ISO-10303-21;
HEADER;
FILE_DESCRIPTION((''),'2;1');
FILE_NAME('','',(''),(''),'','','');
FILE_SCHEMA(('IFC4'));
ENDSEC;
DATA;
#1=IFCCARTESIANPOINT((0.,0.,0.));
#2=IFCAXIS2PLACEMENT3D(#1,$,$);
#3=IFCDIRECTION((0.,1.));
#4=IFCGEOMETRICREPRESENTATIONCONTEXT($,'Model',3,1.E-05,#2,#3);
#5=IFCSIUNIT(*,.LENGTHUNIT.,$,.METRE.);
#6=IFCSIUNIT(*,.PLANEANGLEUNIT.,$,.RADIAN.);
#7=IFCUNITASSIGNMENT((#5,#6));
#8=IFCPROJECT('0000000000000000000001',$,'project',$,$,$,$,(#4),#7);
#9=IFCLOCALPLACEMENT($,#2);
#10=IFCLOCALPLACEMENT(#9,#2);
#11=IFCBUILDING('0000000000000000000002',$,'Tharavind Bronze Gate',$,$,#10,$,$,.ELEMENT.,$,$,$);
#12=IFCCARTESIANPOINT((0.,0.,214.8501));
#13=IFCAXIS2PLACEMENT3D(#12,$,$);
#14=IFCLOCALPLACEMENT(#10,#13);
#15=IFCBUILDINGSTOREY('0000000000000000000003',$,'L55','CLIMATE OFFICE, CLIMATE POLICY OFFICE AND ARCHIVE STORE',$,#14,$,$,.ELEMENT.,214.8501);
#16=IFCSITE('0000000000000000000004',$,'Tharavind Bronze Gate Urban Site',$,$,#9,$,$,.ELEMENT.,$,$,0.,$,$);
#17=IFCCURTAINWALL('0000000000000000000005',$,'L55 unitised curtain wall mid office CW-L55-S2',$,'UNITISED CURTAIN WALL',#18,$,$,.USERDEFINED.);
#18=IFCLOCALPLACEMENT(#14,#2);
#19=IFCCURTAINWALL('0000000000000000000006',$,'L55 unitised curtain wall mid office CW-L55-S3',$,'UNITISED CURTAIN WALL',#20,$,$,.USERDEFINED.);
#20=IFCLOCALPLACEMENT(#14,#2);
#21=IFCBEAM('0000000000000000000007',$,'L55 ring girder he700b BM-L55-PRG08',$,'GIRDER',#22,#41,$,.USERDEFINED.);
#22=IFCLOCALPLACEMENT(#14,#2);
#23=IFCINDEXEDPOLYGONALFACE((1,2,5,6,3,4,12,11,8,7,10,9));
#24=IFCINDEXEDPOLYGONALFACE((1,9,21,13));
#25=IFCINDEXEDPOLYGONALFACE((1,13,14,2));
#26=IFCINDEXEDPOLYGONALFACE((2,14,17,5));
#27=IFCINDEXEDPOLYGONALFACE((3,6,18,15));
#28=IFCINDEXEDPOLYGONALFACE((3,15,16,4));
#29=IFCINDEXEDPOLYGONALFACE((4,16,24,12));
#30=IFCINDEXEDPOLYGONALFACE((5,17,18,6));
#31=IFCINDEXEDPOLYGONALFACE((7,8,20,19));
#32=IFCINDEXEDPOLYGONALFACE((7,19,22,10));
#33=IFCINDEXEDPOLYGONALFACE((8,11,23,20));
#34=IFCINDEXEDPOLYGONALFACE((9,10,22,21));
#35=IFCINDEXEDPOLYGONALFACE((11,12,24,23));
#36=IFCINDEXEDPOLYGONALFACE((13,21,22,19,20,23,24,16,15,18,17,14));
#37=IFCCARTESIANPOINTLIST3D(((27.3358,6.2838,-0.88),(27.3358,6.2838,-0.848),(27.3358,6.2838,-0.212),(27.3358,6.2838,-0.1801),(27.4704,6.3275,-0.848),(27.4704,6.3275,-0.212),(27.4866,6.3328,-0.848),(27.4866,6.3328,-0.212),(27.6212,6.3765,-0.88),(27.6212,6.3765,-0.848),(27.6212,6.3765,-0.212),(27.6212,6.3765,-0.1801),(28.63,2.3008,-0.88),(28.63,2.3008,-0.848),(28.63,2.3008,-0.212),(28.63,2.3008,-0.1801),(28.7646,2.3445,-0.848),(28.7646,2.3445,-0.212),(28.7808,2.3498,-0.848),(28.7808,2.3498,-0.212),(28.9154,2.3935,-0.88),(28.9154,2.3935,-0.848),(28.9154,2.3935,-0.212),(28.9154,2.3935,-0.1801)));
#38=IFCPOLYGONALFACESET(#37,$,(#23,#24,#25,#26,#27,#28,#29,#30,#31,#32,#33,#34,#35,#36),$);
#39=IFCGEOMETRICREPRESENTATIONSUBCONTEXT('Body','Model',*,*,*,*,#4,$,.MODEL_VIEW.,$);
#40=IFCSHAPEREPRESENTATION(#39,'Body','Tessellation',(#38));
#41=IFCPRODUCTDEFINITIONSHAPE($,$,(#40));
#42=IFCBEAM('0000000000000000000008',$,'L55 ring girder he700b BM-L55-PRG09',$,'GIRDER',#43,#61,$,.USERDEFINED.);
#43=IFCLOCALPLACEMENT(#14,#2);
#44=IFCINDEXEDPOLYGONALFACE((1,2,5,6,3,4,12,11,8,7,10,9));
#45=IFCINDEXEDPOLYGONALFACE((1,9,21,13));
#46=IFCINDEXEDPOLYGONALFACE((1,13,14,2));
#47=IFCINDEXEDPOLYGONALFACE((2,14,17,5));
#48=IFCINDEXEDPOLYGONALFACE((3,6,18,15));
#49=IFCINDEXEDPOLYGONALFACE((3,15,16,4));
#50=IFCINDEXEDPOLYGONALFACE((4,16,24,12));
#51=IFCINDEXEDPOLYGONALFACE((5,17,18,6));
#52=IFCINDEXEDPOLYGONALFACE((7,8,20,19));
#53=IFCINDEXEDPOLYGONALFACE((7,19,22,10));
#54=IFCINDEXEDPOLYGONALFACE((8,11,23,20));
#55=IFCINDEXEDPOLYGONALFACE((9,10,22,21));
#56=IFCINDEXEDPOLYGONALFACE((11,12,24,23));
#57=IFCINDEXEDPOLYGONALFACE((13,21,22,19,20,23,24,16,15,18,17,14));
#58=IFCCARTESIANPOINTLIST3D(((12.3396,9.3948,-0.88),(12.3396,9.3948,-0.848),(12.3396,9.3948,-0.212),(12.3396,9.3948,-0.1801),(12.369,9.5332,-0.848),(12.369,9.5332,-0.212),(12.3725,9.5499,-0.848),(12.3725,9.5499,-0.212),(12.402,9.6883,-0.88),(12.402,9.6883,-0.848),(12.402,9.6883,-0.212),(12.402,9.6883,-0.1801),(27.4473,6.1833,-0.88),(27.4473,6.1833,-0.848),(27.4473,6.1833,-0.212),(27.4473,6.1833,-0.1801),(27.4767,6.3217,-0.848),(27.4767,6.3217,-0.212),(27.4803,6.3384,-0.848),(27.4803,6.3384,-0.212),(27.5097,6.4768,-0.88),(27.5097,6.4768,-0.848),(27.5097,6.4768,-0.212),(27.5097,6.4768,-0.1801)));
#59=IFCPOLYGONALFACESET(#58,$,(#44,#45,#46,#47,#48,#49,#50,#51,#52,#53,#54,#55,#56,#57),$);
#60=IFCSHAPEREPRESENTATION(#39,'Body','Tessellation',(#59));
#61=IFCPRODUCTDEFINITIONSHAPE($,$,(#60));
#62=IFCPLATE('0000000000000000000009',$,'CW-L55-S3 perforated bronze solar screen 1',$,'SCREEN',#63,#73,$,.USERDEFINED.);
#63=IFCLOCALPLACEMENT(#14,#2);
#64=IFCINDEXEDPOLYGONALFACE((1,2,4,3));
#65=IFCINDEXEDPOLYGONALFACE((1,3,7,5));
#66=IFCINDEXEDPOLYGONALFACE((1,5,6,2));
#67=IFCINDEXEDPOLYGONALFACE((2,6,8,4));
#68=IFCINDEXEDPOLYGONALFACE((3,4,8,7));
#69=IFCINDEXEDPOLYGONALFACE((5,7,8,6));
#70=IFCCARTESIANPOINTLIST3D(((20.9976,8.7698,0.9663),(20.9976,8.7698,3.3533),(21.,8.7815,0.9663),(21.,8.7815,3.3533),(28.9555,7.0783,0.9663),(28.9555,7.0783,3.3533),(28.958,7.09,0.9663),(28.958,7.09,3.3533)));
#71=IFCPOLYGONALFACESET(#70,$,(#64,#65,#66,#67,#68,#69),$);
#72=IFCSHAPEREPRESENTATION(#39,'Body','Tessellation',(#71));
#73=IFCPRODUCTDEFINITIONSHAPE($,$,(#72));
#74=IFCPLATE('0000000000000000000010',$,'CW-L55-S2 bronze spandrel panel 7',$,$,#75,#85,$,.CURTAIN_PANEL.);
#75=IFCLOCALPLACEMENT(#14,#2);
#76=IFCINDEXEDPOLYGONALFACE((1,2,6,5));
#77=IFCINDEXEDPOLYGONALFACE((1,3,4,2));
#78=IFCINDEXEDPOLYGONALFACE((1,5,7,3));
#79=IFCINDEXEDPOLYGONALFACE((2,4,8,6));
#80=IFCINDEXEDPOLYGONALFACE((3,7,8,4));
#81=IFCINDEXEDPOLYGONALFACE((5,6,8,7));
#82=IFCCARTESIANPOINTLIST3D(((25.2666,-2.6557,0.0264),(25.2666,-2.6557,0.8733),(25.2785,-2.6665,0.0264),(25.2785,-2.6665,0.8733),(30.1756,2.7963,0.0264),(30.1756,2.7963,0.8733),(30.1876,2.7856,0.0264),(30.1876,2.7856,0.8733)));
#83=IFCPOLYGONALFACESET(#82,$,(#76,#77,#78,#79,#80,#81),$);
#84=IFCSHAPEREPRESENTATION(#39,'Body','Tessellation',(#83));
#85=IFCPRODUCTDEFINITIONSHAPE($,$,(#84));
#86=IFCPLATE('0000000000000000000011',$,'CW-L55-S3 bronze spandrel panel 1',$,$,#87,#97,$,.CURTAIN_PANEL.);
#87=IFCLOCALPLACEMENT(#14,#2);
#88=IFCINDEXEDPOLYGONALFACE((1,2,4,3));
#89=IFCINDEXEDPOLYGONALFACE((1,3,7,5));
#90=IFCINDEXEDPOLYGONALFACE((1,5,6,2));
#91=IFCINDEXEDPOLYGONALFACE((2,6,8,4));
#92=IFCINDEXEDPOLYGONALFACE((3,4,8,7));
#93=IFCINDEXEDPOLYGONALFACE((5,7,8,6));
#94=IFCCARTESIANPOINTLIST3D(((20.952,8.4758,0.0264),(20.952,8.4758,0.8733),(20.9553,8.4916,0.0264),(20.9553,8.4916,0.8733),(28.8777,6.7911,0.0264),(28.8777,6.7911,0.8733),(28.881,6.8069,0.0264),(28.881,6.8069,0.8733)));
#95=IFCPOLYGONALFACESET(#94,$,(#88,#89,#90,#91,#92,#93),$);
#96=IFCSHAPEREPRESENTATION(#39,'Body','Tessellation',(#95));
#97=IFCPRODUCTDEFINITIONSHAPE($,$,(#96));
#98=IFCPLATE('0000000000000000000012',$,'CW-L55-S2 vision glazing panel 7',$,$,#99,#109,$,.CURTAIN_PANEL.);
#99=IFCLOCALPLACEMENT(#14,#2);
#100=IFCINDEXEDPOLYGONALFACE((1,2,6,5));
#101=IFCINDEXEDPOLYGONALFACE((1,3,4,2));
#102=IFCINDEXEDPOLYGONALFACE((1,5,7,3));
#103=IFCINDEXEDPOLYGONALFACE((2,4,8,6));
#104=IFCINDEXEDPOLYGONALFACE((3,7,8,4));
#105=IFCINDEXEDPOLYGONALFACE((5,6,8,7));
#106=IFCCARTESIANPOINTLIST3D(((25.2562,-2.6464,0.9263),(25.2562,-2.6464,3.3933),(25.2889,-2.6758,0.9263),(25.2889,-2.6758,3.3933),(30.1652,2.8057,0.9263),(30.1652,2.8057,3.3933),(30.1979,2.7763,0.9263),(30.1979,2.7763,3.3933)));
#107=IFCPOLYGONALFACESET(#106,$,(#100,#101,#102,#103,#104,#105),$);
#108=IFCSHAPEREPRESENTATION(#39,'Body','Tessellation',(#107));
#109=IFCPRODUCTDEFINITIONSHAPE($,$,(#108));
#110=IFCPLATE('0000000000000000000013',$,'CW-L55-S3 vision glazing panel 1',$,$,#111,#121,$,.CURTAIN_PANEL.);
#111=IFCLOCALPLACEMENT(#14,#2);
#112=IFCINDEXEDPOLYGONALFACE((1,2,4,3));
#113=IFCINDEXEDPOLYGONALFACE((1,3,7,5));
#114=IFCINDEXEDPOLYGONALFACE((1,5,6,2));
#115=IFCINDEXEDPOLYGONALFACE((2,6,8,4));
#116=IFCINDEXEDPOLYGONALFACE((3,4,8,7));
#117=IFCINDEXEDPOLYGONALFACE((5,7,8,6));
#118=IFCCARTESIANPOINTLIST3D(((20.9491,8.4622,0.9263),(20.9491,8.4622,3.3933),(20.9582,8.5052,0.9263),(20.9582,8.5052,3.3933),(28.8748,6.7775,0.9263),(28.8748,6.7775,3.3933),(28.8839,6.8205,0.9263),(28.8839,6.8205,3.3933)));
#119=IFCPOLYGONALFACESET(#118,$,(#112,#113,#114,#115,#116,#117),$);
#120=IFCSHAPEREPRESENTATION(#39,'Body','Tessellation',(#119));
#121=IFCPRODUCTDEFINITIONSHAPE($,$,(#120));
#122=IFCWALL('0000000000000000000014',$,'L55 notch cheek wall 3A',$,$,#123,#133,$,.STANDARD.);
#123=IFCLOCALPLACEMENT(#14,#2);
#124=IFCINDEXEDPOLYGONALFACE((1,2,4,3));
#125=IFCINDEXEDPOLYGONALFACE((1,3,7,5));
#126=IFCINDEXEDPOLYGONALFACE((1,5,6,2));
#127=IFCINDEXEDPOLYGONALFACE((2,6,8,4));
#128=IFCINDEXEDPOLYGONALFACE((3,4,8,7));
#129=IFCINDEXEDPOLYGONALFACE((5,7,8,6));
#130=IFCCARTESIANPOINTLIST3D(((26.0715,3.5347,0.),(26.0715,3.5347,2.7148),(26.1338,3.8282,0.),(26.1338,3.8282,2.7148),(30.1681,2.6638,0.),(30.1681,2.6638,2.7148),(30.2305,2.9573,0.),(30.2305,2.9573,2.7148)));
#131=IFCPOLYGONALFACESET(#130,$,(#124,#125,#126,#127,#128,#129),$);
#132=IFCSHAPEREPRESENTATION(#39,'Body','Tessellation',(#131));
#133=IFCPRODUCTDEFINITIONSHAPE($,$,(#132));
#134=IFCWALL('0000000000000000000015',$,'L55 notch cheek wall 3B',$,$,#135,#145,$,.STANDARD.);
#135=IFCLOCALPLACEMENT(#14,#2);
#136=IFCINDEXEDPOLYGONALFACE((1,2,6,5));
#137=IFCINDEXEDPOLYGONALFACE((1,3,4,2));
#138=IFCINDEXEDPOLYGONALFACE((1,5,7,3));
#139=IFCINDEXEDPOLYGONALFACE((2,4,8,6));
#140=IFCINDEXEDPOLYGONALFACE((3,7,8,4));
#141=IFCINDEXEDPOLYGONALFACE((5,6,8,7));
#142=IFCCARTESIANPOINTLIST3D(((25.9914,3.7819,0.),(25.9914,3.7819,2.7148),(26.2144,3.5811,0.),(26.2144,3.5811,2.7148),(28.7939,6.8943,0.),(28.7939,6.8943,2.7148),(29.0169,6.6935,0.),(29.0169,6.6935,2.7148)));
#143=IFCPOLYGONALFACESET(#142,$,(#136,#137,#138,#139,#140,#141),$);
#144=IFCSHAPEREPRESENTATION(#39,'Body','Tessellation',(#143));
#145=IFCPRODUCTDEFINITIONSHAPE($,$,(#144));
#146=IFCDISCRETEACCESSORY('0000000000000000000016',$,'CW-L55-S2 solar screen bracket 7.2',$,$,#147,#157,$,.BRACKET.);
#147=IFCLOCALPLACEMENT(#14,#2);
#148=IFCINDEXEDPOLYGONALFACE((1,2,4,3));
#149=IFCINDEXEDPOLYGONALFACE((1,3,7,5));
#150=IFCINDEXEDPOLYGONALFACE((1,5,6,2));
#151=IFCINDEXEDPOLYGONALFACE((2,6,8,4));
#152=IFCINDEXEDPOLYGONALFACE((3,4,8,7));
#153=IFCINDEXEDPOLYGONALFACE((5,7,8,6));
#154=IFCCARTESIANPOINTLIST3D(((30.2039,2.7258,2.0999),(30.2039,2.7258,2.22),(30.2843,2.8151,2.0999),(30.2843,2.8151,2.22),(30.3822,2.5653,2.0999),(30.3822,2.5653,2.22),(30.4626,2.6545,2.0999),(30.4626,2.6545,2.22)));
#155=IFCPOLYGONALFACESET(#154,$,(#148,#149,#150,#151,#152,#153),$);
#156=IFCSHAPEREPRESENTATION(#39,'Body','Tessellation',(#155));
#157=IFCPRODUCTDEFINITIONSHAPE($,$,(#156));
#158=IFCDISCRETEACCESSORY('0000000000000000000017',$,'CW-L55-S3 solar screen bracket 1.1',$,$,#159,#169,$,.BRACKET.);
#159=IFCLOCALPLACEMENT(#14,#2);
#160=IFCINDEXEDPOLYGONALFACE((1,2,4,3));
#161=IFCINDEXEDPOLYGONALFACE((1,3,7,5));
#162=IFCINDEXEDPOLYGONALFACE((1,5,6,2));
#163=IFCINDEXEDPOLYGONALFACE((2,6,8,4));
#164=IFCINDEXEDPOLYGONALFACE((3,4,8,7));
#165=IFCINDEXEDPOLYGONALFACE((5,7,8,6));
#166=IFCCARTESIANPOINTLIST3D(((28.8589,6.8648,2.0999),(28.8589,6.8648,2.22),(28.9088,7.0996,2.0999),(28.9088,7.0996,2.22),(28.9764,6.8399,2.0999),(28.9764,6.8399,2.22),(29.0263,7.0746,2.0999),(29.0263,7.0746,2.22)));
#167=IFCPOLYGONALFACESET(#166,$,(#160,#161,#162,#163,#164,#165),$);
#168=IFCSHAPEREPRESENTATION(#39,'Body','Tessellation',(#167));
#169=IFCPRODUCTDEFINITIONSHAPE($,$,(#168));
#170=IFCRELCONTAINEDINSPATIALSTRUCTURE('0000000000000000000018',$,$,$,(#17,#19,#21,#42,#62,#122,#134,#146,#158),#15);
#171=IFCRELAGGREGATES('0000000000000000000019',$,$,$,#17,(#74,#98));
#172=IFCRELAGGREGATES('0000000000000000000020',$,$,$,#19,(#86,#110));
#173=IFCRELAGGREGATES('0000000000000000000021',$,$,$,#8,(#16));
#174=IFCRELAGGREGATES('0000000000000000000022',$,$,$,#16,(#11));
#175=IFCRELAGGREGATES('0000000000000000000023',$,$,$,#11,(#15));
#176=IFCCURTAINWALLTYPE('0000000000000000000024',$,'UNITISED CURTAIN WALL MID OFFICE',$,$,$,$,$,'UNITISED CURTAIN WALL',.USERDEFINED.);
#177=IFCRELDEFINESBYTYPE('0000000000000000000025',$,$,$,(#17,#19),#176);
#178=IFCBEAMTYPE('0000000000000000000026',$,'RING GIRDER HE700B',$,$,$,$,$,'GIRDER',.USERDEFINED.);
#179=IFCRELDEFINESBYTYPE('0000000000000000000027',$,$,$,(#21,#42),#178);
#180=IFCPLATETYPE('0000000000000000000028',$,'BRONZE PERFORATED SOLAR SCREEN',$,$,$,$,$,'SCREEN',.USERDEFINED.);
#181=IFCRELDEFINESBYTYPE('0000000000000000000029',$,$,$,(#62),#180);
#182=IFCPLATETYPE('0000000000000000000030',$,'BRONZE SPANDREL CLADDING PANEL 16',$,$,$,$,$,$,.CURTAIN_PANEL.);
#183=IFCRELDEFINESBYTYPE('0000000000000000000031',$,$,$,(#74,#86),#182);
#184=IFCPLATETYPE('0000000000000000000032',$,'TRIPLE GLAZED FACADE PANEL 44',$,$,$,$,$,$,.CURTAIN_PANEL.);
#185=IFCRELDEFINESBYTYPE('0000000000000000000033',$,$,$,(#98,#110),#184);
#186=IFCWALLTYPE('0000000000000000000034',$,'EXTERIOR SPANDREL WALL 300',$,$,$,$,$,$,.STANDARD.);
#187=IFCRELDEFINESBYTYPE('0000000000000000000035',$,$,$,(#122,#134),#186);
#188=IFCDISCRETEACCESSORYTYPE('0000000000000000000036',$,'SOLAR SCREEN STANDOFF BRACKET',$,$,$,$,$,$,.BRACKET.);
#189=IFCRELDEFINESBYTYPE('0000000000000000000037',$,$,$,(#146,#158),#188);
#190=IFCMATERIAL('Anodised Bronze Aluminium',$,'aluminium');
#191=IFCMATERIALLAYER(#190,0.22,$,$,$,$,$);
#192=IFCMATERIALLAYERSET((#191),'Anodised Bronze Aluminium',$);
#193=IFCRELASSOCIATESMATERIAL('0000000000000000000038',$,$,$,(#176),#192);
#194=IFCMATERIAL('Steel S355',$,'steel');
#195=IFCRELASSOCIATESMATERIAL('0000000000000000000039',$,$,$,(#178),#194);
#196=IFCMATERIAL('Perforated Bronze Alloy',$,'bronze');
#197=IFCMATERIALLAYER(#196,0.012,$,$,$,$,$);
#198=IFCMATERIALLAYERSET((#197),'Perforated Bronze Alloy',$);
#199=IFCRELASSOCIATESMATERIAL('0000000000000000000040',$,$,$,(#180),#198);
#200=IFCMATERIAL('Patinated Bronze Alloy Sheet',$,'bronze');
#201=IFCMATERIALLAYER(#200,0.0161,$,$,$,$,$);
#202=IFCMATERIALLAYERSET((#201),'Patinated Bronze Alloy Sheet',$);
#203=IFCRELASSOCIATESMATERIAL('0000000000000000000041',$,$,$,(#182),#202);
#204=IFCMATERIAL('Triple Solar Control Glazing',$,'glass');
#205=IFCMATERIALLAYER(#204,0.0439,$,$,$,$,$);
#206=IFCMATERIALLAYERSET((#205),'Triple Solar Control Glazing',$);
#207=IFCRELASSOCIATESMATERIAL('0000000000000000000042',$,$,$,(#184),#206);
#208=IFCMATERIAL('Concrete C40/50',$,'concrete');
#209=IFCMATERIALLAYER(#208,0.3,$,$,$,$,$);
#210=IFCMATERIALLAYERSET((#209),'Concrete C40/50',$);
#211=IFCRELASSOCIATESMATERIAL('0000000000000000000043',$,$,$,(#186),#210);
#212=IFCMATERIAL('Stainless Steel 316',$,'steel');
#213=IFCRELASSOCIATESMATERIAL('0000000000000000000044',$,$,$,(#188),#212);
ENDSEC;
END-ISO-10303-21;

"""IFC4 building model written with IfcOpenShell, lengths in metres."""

from ifc_helpers import new_model, si_unit, direction, frame, frame_2d, origin, origin_2d, place, context, subcontext, project, spatial, rectangle, i_section, extrude, material, layer, layer_set, material_profile, profile_set, type_object, element, aggregate, save


model = new_model("IFC4")

# Units and contexts
model_context = context("Model", 3, precision=1e-05, world=origin(), true_north=direction((0.0, 1.0)))
body_context = subcontext(model_context, "Body", "Model", "MODEL_VIEW")
ifc_project = project(units=[si_unit("LENGTHUNIT", "METRE"), si_unit("PLANEANGLEUNIT", "RADIAN")], contexts=[model_context])

# Site, building, storey
site_placement = place(None, origin())
site = spatial("IfcSite", under=ifc_project, at=site_placement, Name="Tharavind Bronze Gate Urban Site", CompositionType="ELEMENT", RefElevation=0.0)
building_placement = place(site_placement, origin())
building = spatial("IfcBuilding", under=site, at=building_placement, Name="Tharavind Bronze Gate", CompositionType="ELEMENT")
storey_placement = place(building_placement, frame((0.0, 0.0, 214.8501)))
storey = spatial("IfcBuildingStorey", under=building, at=storey_placement, Name="L55", Description="CLIMATE OFFICE, CLIMATE POLICY OFFICE AND ARCHIVE STORE", CompositionType="ELEMENT", Elevation=214.8501)

# Curtain walls
ifc_material_1 = material(Name="Anodised Bronze Aluminium", Category="aluminium")
ifc_layer_1 = layer(ifc_material_1, 0.22)
ifc_layer_set_1 = layer_set([ifc_layer_1], Name="Anodised Bronze Aluminium")
curtain_wall_type = type_object("IfcCurtainWallType", Name="UNITISED CURTAIN WALL MID OFFICE", ElementType="UNITISED CURTAIN WALL", PredefinedType="USERDEFINED", material=ifc_layer_set_1)
curtain_wall_1_placement = place(storey_placement, origin())
curtain_wall_1 = element("IfcCurtainWall", 1, at=curtain_wall_1_placement, inside=storey, type_object=curtain_wall_type, Name="L55 unitised curtain wall mid office CW-L55-S2", ObjectType="UNITISED CURTAIN WALL", PredefinedType="USERDEFINED")
curtain_wall_2_placement = place(storey_placement, origin())
curtain_wall_2 = element("IfcCurtainWall", 2, at=curtain_wall_2_placement, inside=storey, type_object=curtain_wall_type, Name="L55 unitised curtain wall mid office CW-L55-S3", ObjectType="UNITISED CURTAIN WALL", PredefinedType="USERDEFINED")

# Beams
ifc_material_2 = material(Name="Steel S355", Category="steel")
ifc_material_profile_1 = material_profile(ifc_material_2, i_section(OverallWidth=0.3, OverallDepth=0.7, WebThickness=0.0171, FlangeThickness=0.032, at=origin_2d()), Name="HE700B")
ifc_profile_set_1 = profile_set([ifc_material_profile_1], Name="Steel S355")
beam_type_1 = type_object("IfcBeamType", Name="RING GIRDER HE700B", ElementType="GIRDER", PredefinedType="USERDEFINED", material=ifc_profile_set_1)
beam_1_placement = place(storey_placement, frame((28.7727, 2.3472, -0.53), z_axis=(-0.309031, 0.951052, 0.0), x_axis=(-0.951052, -0.309031, 0.0)))
element("IfcBeam", 3, at=beam_1_placement, inside=storey, type_object=beam_type_1, Name="L55 ring girder he700b BM-L55-PRG08", ObjectType="GIRDER", PredefinedType="USERDEFINED", context=body_context, shape_type="SweptSolid", body=[
    extrude(i_section(OverallWidth=0.3, OverallDepth=0.7, WebThickness=0.0171, FlangeThickness=0.032, at=origin_2d()), origin(), (0.0, 0.0, 1.0), 4.188),
])
beam_2_placement = place(storey_placement, frame((27.4785, 6.3301, -0.53), z_axis=(-0.978145, 0.207924, 0.0), x_axis=(-0.207924, -0.978145, 0.0)))
element("IfcBeam", 4, at=beam_2_placement, inside=storey, type_object=beam_type_1, Name="L55 ring girder he700b BM-L55-PRG09", ObjectType="GIRDER", PredefinedType="USERDEFINED", context=body_context, shape_type="SweptSolid", body=[
    extrude(i_section(OverallWidth=0.3, OverallDepth=0.7, WebThickness=0.0171, FlangeThickness=0.032, at=origin_2d()), origin(), (0.0, 0.0, 1.0), 15.4453),
])

# Plates
ifc_material_3 = material(Name="Perforated Bronze Alloy", Category="bronze")
ifc_layer_2 = layer(ifc_material_3, 0.012)
ifc_layer_set_2 = layer_set([ifc_layer_2], Name="Perforated Bronze Alloy")
plate_type_1 = type_object("IfcPlateType", Name="BRONZE PERFORATED SOLAR SCREEN", ElementType="SCREEN", PredefinedType="USERDEFINED", material=ifc_layer_set_2)
plate_1_placement = place(storey_placement, frame((24.9778, 7.9299, 0.9663), z_axis=(0.0, 0.0, 1.0), x_axis=(-0.978148, 0.207912, 0.0)))
element("IfcPlate", 5, at=plate_1_placement, inside=storey, type_object=plate_type_1, Name="CW-L55-S3 perforated bronze solar screen 1", ObjectType="SCREEN", PredefinedType="USERDEFINED", context=body_context, shape_type="SweptSolid", body=[
    extrude(rectangle(XDim=8.1357, YDim=0.012, at=origin_2d()), origin(), (0.0, 0.0, 1.0), 2.387),
])
ifc_material_4 = material(Name="Patinated Bronze Alloy Sheet", Category="bronze")
ifc_layer_3 = layer(ifc_material_4, 0.0161)
ifc_layer_set_3 = layer_set([ifc_layer_3], Name="Patinated Bronze Alloy Sheet")
plate_type_2 = type_object("IfcPlateType", Name="BRONZE SPANDREL CLADDING PANEL 16", PredefinedType="CURTAIN_PANEL", material=ifc_layer_set_3)
plate_2_placement = place(storey_placement, frame((27.7271, 0.0649, 0.0264), z_axis=(0.0, 0.0, 1.0), x_axis=(0.669131, 0.743145, 0.0)))
plate_2 = element("IfcPlate", 6, at=plate_2_placement, type_object=plate_type_2, Name="CW-L55-S2 bronze spandrel panel 7", PredefinedType="CURTAIN_PANEL", context=body_context, shape_type="SweptSolid", body=[
    extrude(rectangle(XDim=7.3364, YDim=0.0161, at=origin_2d()), origin(), (0.0, 0.0, 1.0), 0.8469),
])
plate_3_placement = place(storey_placement, frame((24.9165, 7.6414, 0.0264), z_axis=(0.0, 0.0, 1.0), x_axis=(-0.978148, 0.207912, 0.0)))
plate_3 = element("IfcPlate", 7, at=plate_3_placement, type_object=plate_type_2, Name="CW-L55-S3 bronze spandrel panel 1", PredefinedType="CURTAIN_PANEL", context=body_context, shape_type="SweptSolid", body=[
    extrude(rectangle(XDim=8.1028, YDim=0.0161, at=origin_2d()), origin(), (0.0, 0.0, 1.0), 0.8469),
])
ifc_material_5 = material(Name="Triple Solar Control Glazing", Category="glass")
ifc_layer_4 = layer(ifc_material_5, 0.0439)
ifc_layer_set_4 = layer_set([ifc_layer_4], Name="Triple Solar Control Glazing")
plate_type_3 = type_object("IfcPlateType", Name="TRIPLE GLAZED FACADE PANEL 44", PredefinedType="CURTAIN_PANEL", material=ifc_layer_set_4)
plate_4_placement = place(storey_placement, frame((27.7271, 0.0649, 0.9263), z_axis=(0.0, 0.0, 1.0), x_axis=(0.669131, 0.743145, 0.0)))
plate_4 = element("IfcPlate", 8, at=plate_4_placement, type_object=plate_type_3, Name="CW-L55-S2 vision glazing panel 7", PredefinedType="CURTAIN_PANEL", context=body_context, shape_type="SweptSolid", body=[
    extrude(rectangle(XDim=7.3364, YDim=0.0439, at=origin_2d()), origin(), (0.0, 0.0, 1.0), 2.467),
])
aggregate(curtain_wall_1, [plate_2, plate_4])
plate_5_placement = place(storey_placement, frame((24.9165, 7.6414, 0.9263), z_axis=(0.0, 0.0, 1.0), x_axis=(-0.978148, 0.207912, 0.0)))
plate_5 = element("IfcPlate", 9, at=plate_5_placement, type_object=plate_type_3, Name="CW-L55-S3 vision glazing panel 1", PredefinedType="CURTAIN_PANEL", context=body_context, shape_type="SweptSolid", body=[
    extrude(rectangle(XDim=8.1028, YDim=0.0439, at=origin_2d()), origin(), (0.0, 0.0, 1.0), 2.467),
])
aggregate(curtain_wall_2, [plate_3, plate_5])

# Walls
ifc_material_6 = material(Name="Concrete C40/50", Category="concrete")
ifc_layer_5 = layer(ifc_material_6, 0.3)
ifc_layer_set_5 = layer_set([ifc_layer_5], Name="Concrete C40/50")
wall_type = type_object("IfcWallType", Name="EXTERIOR SPANDREL WALL 300", PredefinedType="STANDARD", material=ifc_layer_set_5)
for number, where, z_axis, x_axis, name in (
    (10, (30.1995, 2.8105, 0.0), (0.0, 0.0, 1.0), (-0.978144, 0.207928, 0.0), "L55 notch cheek wall 3A"),
    (11, (26.1028, 3.6814, 0.0), (0.0, 0.0, 1.0), (0.669152, 0.743126, 0.0), "L55 notch cheek wall 3B"),
):
    element("IfcWall", number, at=place(storey_placement, frame(where, z_axis=z_axis, x_axis=x_axis)), inside=storey, type_object=wall_type, Name=name, PredefinedType="STANDARD", context=body_context, shape_type="SweptSolid", body=[
        extrude(rectangle(XDim=4.1882, YDim=0.3, at=frame_2d((2.0942, 0.0))), origin(), (0.0, 0.0, 1.0), 2.7148),
    ])

# Discrete accessories
ifc_material_7 = material(Name="Stainless Steel 316", Category="steel")
discrete_accessory_type = type_object("IfcDiscreteAccessoryType", Name="SOLAR SCREEN STANDOFF BRACKET", PredefinedType="BRACKET", material=ifc_material_7)
for number, where, z_axis, x_axis, name in (
    (12, (30.3333, 2.6902, 2.0999), (0.0, 0.0, 1.0), (0.669131, 0.743145, 0.0), "CW-L55-S2 solar screen bracket 7.2"),
    (13, (28.9426, 6.9697, 2.0999), (0.0, 0.0, 1.0), (-0.978148, 0.207912, 0.0), "CW-L55-S3 solar screen bracket 1.1"),
):
    element("IfcDiscreteAccessory", number, at=place(storey_placement, frame(where, z_axis=z_axis, x_axis=x_axis)), inside=storey, type_object=discrete_accessory_type, Name=name, PredefinedType="BRACKET", context=body_context, shape_type="SweptSolid", body=[
        extrude(rectangle(XDim=0.1201, YDim=0.24, at=origin_2d()), origin(), (0.0, 0.0, 1.0), 0.1201),
    ])

save(model, "model.ifc")
